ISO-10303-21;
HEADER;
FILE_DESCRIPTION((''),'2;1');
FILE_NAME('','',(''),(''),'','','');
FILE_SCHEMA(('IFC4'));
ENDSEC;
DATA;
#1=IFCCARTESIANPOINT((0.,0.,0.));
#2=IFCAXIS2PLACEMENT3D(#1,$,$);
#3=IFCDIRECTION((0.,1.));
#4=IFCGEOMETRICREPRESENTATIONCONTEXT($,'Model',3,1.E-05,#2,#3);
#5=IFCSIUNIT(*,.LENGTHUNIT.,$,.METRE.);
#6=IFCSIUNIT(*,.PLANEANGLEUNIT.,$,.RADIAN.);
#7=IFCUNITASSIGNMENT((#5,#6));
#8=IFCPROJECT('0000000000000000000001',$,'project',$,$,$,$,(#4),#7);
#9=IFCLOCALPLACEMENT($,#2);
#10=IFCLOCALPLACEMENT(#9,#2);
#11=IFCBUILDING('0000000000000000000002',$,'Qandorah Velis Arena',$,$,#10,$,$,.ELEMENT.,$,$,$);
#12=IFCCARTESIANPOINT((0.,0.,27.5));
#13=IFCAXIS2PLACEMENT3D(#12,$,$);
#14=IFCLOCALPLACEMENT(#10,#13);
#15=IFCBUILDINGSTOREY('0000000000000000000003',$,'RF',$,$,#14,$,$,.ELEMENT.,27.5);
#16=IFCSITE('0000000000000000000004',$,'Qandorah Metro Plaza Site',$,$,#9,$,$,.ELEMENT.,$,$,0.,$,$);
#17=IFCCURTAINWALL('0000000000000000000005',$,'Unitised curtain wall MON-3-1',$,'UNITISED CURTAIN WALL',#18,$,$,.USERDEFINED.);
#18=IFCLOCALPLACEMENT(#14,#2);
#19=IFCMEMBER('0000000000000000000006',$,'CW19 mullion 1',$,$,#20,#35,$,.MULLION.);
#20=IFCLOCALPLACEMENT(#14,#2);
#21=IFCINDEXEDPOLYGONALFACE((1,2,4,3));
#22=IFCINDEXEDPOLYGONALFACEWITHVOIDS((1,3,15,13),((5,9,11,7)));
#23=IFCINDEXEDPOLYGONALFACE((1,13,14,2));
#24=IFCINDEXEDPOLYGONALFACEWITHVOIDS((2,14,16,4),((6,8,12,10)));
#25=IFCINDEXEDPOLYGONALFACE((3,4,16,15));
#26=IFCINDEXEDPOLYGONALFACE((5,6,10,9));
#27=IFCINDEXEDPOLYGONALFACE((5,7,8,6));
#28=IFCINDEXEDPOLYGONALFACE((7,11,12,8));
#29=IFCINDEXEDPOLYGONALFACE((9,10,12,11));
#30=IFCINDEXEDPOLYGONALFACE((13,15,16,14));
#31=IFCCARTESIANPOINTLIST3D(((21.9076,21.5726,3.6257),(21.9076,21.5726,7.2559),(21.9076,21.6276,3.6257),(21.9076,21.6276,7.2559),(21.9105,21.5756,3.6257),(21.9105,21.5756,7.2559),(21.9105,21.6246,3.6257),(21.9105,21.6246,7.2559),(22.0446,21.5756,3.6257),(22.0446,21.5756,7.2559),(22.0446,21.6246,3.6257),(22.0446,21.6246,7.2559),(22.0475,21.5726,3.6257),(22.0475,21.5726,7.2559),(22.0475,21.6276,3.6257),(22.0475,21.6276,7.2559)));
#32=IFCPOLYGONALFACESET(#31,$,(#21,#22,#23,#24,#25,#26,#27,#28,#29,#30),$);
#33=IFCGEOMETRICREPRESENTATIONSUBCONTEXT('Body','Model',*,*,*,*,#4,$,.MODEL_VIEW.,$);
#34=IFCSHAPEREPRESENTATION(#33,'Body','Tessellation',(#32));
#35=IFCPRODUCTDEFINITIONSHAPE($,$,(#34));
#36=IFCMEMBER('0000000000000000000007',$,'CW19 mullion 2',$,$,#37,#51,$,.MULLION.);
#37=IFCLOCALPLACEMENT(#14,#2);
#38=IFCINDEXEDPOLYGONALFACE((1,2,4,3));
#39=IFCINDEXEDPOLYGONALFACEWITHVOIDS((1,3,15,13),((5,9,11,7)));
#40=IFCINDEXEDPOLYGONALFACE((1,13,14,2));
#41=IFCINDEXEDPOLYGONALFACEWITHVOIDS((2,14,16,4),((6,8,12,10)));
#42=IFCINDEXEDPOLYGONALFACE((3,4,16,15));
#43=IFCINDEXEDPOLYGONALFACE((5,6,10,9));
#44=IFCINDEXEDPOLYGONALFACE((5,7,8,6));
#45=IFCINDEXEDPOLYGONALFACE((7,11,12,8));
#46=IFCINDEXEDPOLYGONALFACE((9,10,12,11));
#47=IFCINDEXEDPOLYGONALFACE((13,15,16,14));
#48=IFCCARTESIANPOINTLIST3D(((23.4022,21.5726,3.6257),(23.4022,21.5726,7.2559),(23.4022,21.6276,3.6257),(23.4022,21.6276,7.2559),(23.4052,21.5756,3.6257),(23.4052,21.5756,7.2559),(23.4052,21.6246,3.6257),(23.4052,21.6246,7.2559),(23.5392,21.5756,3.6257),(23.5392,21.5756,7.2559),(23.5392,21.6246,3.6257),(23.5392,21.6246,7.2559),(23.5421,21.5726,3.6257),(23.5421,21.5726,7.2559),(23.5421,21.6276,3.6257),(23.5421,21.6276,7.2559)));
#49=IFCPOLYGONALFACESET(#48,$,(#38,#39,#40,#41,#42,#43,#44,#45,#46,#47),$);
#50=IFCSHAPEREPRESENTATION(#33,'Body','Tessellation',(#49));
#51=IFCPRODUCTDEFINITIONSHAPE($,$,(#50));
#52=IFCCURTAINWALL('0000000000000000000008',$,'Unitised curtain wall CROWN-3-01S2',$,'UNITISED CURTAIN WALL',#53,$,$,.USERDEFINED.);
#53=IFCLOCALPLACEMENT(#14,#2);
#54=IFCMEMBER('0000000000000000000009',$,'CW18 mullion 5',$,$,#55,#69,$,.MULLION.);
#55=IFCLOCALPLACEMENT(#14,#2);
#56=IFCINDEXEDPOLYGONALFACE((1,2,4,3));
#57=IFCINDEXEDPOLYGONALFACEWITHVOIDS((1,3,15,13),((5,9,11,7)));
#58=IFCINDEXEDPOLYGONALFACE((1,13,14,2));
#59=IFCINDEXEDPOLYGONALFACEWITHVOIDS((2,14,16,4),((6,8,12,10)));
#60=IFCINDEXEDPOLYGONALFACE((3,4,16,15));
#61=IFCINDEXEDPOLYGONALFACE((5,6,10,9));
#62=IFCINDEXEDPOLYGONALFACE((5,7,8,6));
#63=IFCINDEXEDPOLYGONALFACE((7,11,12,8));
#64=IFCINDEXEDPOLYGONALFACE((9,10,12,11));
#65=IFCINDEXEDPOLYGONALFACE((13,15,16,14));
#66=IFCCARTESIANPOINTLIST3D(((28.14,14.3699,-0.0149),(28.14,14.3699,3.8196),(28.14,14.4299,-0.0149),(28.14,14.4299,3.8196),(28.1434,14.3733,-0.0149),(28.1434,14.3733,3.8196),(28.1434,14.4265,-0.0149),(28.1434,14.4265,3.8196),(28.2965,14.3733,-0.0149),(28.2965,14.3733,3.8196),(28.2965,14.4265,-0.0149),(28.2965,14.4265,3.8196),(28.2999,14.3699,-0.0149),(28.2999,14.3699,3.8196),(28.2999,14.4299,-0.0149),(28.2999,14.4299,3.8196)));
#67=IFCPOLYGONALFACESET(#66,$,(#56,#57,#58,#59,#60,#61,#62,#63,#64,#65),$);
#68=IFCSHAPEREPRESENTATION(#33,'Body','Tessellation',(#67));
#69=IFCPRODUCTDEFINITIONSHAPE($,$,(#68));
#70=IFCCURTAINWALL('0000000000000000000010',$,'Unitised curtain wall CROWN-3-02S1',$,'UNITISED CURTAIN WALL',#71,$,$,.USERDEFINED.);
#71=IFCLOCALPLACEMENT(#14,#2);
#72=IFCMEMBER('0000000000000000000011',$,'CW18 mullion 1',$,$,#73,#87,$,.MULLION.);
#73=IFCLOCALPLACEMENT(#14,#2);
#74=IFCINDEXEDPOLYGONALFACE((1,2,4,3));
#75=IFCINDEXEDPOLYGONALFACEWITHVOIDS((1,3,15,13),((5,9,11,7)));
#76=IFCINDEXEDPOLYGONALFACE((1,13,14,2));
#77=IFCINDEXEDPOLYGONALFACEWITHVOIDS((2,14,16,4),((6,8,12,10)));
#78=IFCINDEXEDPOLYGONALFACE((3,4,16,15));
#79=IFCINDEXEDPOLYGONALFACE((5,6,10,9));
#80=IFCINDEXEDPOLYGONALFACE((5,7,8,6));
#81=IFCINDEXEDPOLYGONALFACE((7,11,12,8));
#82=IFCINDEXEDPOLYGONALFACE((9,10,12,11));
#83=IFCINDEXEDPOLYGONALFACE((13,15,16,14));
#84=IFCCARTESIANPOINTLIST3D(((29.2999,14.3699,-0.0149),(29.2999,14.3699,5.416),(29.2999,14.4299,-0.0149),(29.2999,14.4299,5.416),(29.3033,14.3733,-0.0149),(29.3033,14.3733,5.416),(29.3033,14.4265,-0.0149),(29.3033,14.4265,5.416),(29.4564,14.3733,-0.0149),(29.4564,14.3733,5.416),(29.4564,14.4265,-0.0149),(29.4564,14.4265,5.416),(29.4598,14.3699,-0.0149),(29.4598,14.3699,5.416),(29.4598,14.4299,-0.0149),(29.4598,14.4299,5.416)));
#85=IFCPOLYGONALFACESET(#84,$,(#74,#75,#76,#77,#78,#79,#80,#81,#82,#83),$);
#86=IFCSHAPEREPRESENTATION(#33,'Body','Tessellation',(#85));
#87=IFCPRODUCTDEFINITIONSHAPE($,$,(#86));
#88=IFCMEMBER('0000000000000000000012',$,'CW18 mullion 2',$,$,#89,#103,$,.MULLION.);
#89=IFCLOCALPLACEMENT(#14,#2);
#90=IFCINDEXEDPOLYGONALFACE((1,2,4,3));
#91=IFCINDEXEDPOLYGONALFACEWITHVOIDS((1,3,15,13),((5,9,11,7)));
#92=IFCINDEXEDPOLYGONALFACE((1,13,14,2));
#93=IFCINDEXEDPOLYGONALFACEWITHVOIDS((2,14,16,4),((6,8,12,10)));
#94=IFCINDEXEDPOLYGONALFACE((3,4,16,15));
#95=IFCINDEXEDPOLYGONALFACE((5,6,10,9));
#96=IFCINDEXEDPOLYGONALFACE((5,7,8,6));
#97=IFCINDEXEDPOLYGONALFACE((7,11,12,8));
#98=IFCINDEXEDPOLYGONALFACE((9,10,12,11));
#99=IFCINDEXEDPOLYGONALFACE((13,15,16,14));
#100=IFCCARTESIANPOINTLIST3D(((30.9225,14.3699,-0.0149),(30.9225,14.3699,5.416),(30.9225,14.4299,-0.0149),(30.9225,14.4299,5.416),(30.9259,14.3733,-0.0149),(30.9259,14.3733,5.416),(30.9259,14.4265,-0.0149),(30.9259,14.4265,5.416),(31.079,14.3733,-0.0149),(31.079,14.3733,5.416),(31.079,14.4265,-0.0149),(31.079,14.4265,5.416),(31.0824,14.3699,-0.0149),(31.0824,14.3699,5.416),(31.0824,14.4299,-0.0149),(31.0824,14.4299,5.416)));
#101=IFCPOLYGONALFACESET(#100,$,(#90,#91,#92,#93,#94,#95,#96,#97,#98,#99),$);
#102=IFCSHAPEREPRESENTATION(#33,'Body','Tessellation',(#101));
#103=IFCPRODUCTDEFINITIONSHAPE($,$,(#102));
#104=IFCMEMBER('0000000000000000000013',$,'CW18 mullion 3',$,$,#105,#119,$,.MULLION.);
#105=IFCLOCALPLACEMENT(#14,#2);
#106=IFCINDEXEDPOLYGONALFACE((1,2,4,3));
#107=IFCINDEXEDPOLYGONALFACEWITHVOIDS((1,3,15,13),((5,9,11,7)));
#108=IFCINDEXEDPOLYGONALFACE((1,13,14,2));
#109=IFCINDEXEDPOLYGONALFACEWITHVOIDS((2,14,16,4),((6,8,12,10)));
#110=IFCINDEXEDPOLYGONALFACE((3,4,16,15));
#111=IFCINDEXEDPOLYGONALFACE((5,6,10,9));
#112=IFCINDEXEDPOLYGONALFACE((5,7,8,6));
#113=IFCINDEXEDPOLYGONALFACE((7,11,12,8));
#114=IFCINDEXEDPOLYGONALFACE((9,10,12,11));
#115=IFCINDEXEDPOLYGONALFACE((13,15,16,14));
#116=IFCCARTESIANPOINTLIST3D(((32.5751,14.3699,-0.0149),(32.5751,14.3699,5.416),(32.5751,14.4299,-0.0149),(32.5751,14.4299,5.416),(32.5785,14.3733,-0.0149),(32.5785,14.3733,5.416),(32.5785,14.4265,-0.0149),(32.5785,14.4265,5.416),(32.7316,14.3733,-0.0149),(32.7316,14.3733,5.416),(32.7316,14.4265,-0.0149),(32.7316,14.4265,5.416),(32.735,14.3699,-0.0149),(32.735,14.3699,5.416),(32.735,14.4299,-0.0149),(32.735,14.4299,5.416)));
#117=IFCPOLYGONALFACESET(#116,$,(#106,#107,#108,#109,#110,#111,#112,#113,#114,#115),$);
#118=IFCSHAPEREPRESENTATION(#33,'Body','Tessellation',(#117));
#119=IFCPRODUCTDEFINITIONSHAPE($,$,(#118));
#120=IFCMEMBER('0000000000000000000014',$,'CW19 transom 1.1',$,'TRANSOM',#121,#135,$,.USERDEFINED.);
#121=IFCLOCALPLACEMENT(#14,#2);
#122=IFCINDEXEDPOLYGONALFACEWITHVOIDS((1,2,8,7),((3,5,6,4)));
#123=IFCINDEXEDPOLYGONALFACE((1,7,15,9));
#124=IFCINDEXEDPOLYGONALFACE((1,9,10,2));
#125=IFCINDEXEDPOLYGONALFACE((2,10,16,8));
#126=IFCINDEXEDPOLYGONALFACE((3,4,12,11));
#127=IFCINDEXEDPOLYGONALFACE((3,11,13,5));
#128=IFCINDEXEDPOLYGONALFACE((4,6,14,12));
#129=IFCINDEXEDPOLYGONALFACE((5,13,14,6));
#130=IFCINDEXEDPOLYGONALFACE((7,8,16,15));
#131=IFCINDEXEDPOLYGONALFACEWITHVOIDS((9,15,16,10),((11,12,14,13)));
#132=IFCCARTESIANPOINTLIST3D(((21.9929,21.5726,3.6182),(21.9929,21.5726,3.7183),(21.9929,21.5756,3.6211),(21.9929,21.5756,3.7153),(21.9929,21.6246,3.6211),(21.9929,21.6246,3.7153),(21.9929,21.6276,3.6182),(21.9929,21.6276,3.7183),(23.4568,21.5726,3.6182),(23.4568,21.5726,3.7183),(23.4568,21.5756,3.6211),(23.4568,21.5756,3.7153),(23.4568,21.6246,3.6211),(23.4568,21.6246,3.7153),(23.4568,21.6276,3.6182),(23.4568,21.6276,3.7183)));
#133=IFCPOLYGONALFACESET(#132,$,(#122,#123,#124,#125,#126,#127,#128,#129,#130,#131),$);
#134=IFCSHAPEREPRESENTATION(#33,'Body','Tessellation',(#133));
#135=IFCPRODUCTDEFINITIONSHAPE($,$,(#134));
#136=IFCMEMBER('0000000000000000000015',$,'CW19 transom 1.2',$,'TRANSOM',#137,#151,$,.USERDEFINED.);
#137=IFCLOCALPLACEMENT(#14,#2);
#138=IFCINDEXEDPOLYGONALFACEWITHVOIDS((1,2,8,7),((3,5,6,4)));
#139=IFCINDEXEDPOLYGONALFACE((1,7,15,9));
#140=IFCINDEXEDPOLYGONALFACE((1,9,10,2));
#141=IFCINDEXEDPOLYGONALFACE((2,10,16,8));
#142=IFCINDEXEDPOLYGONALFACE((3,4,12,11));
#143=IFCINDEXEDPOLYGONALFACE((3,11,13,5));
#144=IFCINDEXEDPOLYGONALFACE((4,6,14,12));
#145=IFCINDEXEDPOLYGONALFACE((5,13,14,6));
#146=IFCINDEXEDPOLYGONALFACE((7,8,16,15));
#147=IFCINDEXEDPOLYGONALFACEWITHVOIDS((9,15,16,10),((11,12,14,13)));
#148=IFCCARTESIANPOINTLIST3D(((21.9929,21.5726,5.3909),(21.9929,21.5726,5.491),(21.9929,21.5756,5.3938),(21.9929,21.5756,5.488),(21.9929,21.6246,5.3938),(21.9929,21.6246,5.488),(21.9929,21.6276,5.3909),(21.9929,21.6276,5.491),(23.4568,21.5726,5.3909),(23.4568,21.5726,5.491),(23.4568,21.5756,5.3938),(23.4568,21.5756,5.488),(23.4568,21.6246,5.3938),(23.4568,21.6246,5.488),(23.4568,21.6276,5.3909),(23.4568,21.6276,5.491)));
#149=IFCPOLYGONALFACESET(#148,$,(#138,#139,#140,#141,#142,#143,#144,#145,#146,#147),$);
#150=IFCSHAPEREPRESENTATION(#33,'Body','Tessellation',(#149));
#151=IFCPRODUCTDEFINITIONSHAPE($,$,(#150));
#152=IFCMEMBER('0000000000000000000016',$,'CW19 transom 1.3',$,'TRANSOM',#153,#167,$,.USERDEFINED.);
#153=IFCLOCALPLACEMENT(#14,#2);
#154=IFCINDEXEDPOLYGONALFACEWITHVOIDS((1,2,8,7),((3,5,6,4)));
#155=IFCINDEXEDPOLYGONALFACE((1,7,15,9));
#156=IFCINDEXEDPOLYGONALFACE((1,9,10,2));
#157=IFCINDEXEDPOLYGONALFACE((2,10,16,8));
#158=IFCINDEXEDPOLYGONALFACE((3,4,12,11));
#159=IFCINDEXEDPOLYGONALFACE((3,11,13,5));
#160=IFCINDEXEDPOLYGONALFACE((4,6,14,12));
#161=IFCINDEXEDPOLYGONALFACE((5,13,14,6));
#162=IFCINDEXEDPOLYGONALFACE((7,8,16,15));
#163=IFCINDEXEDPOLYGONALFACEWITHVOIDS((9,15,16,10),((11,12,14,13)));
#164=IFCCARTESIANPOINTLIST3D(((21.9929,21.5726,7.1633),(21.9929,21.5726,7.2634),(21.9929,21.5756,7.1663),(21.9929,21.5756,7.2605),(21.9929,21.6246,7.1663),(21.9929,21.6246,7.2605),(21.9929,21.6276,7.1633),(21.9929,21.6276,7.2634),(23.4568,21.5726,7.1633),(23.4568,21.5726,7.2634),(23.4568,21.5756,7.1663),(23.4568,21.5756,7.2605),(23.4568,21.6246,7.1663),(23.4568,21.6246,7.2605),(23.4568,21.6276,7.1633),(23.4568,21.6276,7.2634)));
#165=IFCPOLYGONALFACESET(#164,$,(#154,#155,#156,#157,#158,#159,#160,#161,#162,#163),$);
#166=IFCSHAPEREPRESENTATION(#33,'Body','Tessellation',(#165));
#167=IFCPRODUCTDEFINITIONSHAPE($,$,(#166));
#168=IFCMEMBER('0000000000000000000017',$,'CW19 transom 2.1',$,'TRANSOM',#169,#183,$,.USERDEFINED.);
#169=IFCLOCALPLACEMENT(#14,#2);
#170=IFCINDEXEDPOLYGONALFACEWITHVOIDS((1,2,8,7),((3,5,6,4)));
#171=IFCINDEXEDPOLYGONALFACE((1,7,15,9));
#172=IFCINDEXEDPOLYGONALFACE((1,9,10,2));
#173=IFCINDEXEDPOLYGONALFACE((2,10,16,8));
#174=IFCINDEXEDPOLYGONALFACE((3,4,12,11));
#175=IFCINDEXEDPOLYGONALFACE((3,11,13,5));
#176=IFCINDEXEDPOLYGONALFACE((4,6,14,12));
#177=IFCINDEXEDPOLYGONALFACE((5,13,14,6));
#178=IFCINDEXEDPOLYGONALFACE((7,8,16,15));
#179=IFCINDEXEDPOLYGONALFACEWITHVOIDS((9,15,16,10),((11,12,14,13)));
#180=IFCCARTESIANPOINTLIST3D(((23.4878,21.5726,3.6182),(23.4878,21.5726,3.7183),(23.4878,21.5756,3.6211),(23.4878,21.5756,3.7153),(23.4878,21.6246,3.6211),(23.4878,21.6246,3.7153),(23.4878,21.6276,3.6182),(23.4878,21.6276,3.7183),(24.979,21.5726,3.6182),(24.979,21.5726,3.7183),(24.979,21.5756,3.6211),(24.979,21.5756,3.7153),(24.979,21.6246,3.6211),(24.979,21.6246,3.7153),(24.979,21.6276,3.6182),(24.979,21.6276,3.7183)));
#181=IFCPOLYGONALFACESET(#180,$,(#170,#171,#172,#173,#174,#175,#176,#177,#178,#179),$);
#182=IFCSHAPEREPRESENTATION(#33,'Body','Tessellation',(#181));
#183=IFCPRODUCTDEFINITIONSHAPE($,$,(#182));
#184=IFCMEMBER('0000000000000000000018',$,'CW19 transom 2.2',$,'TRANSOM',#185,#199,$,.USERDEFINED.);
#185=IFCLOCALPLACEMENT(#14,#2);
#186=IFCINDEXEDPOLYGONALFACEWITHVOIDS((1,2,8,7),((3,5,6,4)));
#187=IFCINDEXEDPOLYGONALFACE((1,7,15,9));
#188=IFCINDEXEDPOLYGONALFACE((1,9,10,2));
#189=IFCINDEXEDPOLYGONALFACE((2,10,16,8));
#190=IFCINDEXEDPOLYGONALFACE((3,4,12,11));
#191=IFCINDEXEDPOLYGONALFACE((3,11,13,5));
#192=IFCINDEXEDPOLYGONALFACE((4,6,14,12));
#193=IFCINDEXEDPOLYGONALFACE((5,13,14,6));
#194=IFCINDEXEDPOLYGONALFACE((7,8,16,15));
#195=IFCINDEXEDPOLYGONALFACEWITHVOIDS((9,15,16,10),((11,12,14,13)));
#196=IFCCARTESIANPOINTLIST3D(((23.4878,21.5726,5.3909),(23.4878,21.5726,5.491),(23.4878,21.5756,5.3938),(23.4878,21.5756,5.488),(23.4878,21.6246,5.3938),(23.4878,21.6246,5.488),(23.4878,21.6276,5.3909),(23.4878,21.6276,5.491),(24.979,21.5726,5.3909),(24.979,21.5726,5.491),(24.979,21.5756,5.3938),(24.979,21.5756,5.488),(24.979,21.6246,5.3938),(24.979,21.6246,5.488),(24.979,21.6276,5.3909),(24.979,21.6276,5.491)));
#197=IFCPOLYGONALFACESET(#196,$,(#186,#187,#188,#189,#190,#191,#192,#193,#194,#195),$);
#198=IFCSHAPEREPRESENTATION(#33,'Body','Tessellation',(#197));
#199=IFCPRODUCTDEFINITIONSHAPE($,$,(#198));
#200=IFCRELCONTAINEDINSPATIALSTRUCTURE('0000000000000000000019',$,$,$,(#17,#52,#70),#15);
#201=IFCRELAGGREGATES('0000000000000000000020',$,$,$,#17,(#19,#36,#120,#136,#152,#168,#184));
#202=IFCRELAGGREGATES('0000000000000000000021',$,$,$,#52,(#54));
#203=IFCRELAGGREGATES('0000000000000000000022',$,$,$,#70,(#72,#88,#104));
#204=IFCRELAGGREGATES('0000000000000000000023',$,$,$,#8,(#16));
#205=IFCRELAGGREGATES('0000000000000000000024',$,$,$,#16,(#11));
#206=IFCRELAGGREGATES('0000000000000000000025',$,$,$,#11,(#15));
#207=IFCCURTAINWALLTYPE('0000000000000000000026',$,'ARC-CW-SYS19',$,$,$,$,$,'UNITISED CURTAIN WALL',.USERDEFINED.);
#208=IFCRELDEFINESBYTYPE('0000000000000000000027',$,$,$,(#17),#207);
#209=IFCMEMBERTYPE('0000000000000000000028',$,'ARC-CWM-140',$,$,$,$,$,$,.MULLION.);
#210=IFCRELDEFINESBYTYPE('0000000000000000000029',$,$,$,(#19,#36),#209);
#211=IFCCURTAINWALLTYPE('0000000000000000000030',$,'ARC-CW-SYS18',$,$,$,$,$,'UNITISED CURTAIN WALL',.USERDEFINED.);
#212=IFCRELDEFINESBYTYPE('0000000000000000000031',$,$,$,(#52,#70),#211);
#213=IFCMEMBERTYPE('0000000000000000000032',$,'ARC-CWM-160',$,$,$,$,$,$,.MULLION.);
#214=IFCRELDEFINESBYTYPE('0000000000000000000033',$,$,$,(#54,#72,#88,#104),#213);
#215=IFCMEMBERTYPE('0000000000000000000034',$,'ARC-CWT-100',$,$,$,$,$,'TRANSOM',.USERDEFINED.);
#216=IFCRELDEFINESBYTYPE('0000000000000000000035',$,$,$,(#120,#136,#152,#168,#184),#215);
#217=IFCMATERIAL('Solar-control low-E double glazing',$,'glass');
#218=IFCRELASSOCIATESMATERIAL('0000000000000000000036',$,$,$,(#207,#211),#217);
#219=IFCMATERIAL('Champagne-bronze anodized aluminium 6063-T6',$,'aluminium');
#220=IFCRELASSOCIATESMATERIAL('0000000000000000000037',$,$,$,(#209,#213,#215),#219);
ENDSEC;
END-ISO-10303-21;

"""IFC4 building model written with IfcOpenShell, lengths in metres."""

from ifc_helpers import new_model, si_unit, direction, frame, origin, origin_2d, place, context, subcontext, project, spatial, hollow_rectangle, extrude, material, material_profile, profile_set, type_object, element, aggregate, save


model = new_model("IFC4")

# Units and contexts
model_context = context("Model", 3, precision=1e-05, world=origin(), true_north=direction((0.0, 1.0)))
body_context = subcontext(model_context, "Body", "Model", "MODEL_VIEW")
ifc_project = project(units=[si_unit("LENGTHUNIT", "METRE"), si_unit("PLANEANGLEUNIT", "RADIAN")], contexts=[model_context])

# Site, building, storey
site_placement = place(None, origin())
site = spatial("IfcSite", under=ifc_project, at=site_placement, Name="Qandorah Metro Plaza Site", CompositionType="ELEMENT", RefElevation=0.0)
building_placement = place(site_placement, origin())
building = spatial("IfcBuilding", under=site, at=building_placement, Name="Qandorah Velis Arena", CompositionType="ELEMENT")
storey_placement = place(building_placement, frame((0.0, 0.0, 27.5)))
storey = spatial("IfcBuildingStorey", under=building, at=storey_placement, Name="RF", CompositionType="ELEMENT", Elevation=27.5)

# Curtain wall, members
ifc_material_1 = material(Name="Solar-control low-E double glazing", Category="glass")
curtain_wall_type_1 = type_object("IfcCurtainWallType", Name="ARC-CW-SYS19", ElementType="UNITISED CURTAIN WALL", PredefinedType="USERDEFINED", material=ifc_material_1)
curtain_wall_1_placement = place(storey_placement, origin())
curtain_wall_1 = element("IfcCurtainWall", 1, at=curtain_wall_1_placement, inside=storey, type_object=curtain_wall_type_1, Name="Unitised curtain wall MON-3-1", ObjectType="UNITISED CURTAIN WALL", PredefinedType="USERDEFINED")
ifc_material_2 = material(Name="Champagne-bronze anodized aluminium 6063-T6", Category="aluminium")
ifc_material_profile_1 = material_profile(ifc_material_2, hollow_rectangle(XDim=0.0549, YDim=0.1399, WallThickness=0.0029, at=origin_2d()), Name="ALU MULLION 55x140")
ifc_profile_set_1 = profile_set([ifc_material_profile_1], Name="Champagne-bronze anodized aluminium 6063-T6")
member_type_1 = type_object("IfcMemberType", Name="ARC-CWM-140", PredefinedType="MULLION", material=ifc_profile_set_1)
member_1_placement = place(storey_placement, frame((21.9775, 21.6001, 3.6257), z_axis=(0.0, 0.0, 1.0), x_axis=(0.0, 1.0, 0.0)))
member_1 = element("IfcMember", 2, at=member_1_placement, type_object=member_type_1, Name="CW19 mullion 1", PredefinedType="MULLION", context=body_context, shape_type="SweptSolid", body=[
    extrude(hollow_rectangle(XDim=0.0549, YDim=0.1399, WallThickness=0.0029, at=origin_2d()), origin(), (0.0, 0.0, 1.0), 3.6301),
])
member_2_placement = place(storey_placement, frame((23.4722, 21.6001, 3.6257), z_axis=(0.0, 0.0, 1.0), x_axis=(0.0, 1.0, 0.0)))
member_2 = element("IfcMember", 3, at=member_2_placement, type_object=member_type_1, Name="CW19 mullion 2", PredefinedType="MULLION", context=body_context, shape_type="SweptSolid", body=[
    extrude(hollow_rectangle(XDim=0.0549, YDim=0.1399, WallThickness=0.0029, at=origin_2d()), origin(), (0.0, 0.0, 1.0), 3.6301),
])

# Curtain wall, member
curtain_wall_type_2 = type_object("IfcCurtainWallType", Name="ARC-CW-SYS18", ElementType="UNITISED CURTAIN WALL", PredefinedType="USERDEFINED", material=ifc_material_1)
curtain_wall_2_placement = place(storey_placement, origin())
curtain_wall_2 = element("IfcCurtainWall", 4, at=curtain_wall_2_placement, inside=storey, type_object=curtain_wall_type_2, Name="Unitised curtain wall CROWN-3-01S2", ObjectType="UNITISED CURTAIN WALL", PredefinedType="USERDEFINED")
ifc_material_profile_2 = material_profile(ifc_material_2, hollow_rectangle(XDim=0.0601, YDim=0.1599, WallThickness=0.0034, at=origin_2d()), Name="ALU MULLION 60x160")
ifc_profile_set_2 = profile_set([ifc_material_profile_2], Name="Champagne-bronze anodized aluminium 6063-T6")
member_type_2 = type_object("IfcMemberType", Name="ARC-CWM-160", PredefinedType="MULLION", material=ifc_profile_set_2)
member_3_placement = place(storey_placement, frame((28.22, 14.3999, -0.0149), z_axis=(0.0, 0.0, 1.0), x_axis=(0.0, 1.0, 0.0)))
member_3 = element("IfcMember", 5, at=member_3_placement, type_object=member_type_2, Name="CW18 mullion 5", PredefinedType="MULLION", context=body_context, shape_type="SweptSolid", body=[
    extrude(hollow_rectangle(XDim=0.0601, YDim=0.1599, WallThickness=0.0034, at=origin_2d()), origin(), (0.0, 0.0, 1.0), 3.8345),
])

# Curtain wall, members
curtain_wall_3_placement = place(storey_placement, origin())
curtain_wall_3 = element("IfcCurtainWall", 6, at=curtain_wall_3_placement, inside=storey, type_object=curtain_wall_type_2, Name="Unitised curtain wall CROWN-3-02S1", ObjectType="UNITISED CURTAIN WALL", PredefinedType="USERDEFINED")
member_4_placement = place(storey_placement, frame((29.3799, 14.3999, -0.0149), z_axis=(0.0, 0.0, 1.0), x_axis=(0.0, 1.0, 0.0)))
member_4 = element("IfcMember", 7, at=member_4_placement, type_object=member_type_2, Name="CW18 mullion 1", PredefinedType="MULLION", context=body_context, shape_type="SweptSolid", body=[
    extrude(hollow_rectangle(XDim=0.0601, YDim=0.1599, WallThickness=0.0034, at=origin_2d()), origin(), (0.0, 0.0, 1.0), 5.4309),
])
member_5_placement = place(storey_placement, frame((31.0024, 14.3999, -0.0149), z_axis=(0.0, 0.0, 1.0), x_axis=(0.0, 1.0, 0.0)))
member_5 = element("IfcMember", 8, at=member_5_placement, type_object=member_type_2, Name="CW18 mullion 2", PredefinedType="MULLION", context=body_context, shape_type="SweptSolid", body=[
    extrude(hollow_rectangle(XDim=0.0601, YDim=0.1599, WallThickness=0.0034, at=origin_2d()), origin(), (0.0, 0.0, 1.0), 5.4309),
])
member_6_placement = place(storey_placement, frame((32.655, 14.3999, -0.0149), z_axis=(0.0, 0.0, 1.0), x_axis=(0.0, 1.0, 0.0)))
member_6 = element("IfcMember", 9, at=member_6_placement, type_object=member_type_2, Name="CW18 mullion 3", PredefinedType="MULLION", context=body_context, shape_type="SweptSolid", body=[
    extrude(hollow_rectangle(XDim=0.0601, YDim=0.1599, WallThickness=0.0034, at=origin_2d()), origin(), (0.0, 0.0, 1.0), 5.4309),
])

# Members
ifc_material_profile_3 = material_profile(ifc_material_2, hollow_rectangle(XDim=0.0549, YDim=0.1001, WallThickness=0.0029, at=origin_2d()), Name="ALU TRANSOM 55x100")
ifc_profile_set_3 = profile_set([ifc_material_profile_3], Name="Champagne-bronze anodized aluminium 6063-T6")
member_type_3 = type_object("IfcMemberType", Name="ARC-CWT-100", ElementType="TRANSOM", PredefinedType="USERDEFINED", material=ifc_profile_set_3)
member_7_placement = place(storey_placement, frame((21.9929, 21.6001, 3.6682), z_axis=(1.0, 0.0, 0.0), x_axis=(0.0, 1.0, 0.0)))
member_7 = element("IfcMember", 10, at=member_7_placement, type_object=member_type_3, Name="CW19 transom 1.1", ObjectType="TRANSOM", PredefinedType="USERDEFINED", context=body_context, shape_type="SweptSolid", body=[
    extrude(hollow_rectangle(XDim=0.0549, YDim=0.1001, WallThickness=0.0029, at=origin_2d()), origin(), (0.0, 0.0, 1.0), 1.4639),
])
member_8_placement = place(storey_placement, frame((21.9929, 21.6001, 5.4409), z_axis=(1.0, 0.0, 0.0), x_axis=(0.0, 1.0, 0.0)))
member_8 = element("IfcMember", 11, at=member_8_placement, type_object=member_type_3, Name="CW19 transom 1.2", ObjectType="TRANSOM", PredefinedType="USERDEFINED", context=body_context, shape_type="SweptSolid", body=[
    extrude(hollow_rectangle(XDim=0.0549, YDim=0.1001, WallThickness=0.0029, at=origin_2d()), origin(), (0.0, 0.0, 1.0), 1.4639),
])
member_9_placement = place(storey_placement, frame((21.9929, 21.6001, 7.2134), z_axis=(1.0, 0.0, 0.0), x_axis=(0.0, 1.0, 0.0)))
member_9 = element("IfcMember", 12, at=member_9_placement, type_object=member_type_3, Name="CW19 transom 1.3", ObjectType="TRANSOM", PredefinedType="USERDEFINED", context=body_context, shape_type="SweptSolid", body=[
    extrude(hollow_rectangle(XDim=0.0549, YDim=0.1001, WallThickness=0.0029, at=origin_2d()), origin(), (0.0, 0.0, 1.0), 1.4639),
])
member_10_placement = place(storey_placement, frame((23.4878, 21.6001, 3.6682), z_axis=(1.0, 0.0, 0.0), x_axis=(0.0, 1.0, 0.0)))
member_10 = element("IfcMember", 13, at=member_10_placement, type_object=member_type_3, Name="CW19 transom 2.1", ObjectType="TRANSOM", PredefinedType="USERDEFINED", context=body_context, shape_type="SweptSolid", body=[
    extrude(hollow_rectangle(XDim=0.0549, YDim=0.1001, WallThickness=0.0029, at=origin_2d()), origin(), (0.0, 0.0, 1.0), 1.4912),
])
member_11_placement = place(storey_placement, frame((23.4878, 21.6001, 5.4409), z_axis=(1.0, 0.0, 0.0), x_axis=(0.0, 1.0, 0.0)))
member_11 = element("IfcMember", 14, at=member_11_placement, type_object=member_type_3, Name="CW19 transom 2.2", ObjectType="TRANSOM", PredefinedType="USERDEFINED", context=body_context, shape_type="SweptSolid", body=[
    extrude(hollow_rectangle(XDim=0.0549, YDim=0.1001, WallThickness=0.0029, at=origin_2d()), origin(), (0.0, 0.0, 1.0), 1.4912),
])

aggregate(curtain_wall_1, [member_1, member_2, member_7, member_8, member_9, member_10, member_11])
aggregate(curtain_wall_2, [member_3])
aggregate(curtain_wall_3, [member_4, member_5, member_6])

save(model, "model.ifc")
